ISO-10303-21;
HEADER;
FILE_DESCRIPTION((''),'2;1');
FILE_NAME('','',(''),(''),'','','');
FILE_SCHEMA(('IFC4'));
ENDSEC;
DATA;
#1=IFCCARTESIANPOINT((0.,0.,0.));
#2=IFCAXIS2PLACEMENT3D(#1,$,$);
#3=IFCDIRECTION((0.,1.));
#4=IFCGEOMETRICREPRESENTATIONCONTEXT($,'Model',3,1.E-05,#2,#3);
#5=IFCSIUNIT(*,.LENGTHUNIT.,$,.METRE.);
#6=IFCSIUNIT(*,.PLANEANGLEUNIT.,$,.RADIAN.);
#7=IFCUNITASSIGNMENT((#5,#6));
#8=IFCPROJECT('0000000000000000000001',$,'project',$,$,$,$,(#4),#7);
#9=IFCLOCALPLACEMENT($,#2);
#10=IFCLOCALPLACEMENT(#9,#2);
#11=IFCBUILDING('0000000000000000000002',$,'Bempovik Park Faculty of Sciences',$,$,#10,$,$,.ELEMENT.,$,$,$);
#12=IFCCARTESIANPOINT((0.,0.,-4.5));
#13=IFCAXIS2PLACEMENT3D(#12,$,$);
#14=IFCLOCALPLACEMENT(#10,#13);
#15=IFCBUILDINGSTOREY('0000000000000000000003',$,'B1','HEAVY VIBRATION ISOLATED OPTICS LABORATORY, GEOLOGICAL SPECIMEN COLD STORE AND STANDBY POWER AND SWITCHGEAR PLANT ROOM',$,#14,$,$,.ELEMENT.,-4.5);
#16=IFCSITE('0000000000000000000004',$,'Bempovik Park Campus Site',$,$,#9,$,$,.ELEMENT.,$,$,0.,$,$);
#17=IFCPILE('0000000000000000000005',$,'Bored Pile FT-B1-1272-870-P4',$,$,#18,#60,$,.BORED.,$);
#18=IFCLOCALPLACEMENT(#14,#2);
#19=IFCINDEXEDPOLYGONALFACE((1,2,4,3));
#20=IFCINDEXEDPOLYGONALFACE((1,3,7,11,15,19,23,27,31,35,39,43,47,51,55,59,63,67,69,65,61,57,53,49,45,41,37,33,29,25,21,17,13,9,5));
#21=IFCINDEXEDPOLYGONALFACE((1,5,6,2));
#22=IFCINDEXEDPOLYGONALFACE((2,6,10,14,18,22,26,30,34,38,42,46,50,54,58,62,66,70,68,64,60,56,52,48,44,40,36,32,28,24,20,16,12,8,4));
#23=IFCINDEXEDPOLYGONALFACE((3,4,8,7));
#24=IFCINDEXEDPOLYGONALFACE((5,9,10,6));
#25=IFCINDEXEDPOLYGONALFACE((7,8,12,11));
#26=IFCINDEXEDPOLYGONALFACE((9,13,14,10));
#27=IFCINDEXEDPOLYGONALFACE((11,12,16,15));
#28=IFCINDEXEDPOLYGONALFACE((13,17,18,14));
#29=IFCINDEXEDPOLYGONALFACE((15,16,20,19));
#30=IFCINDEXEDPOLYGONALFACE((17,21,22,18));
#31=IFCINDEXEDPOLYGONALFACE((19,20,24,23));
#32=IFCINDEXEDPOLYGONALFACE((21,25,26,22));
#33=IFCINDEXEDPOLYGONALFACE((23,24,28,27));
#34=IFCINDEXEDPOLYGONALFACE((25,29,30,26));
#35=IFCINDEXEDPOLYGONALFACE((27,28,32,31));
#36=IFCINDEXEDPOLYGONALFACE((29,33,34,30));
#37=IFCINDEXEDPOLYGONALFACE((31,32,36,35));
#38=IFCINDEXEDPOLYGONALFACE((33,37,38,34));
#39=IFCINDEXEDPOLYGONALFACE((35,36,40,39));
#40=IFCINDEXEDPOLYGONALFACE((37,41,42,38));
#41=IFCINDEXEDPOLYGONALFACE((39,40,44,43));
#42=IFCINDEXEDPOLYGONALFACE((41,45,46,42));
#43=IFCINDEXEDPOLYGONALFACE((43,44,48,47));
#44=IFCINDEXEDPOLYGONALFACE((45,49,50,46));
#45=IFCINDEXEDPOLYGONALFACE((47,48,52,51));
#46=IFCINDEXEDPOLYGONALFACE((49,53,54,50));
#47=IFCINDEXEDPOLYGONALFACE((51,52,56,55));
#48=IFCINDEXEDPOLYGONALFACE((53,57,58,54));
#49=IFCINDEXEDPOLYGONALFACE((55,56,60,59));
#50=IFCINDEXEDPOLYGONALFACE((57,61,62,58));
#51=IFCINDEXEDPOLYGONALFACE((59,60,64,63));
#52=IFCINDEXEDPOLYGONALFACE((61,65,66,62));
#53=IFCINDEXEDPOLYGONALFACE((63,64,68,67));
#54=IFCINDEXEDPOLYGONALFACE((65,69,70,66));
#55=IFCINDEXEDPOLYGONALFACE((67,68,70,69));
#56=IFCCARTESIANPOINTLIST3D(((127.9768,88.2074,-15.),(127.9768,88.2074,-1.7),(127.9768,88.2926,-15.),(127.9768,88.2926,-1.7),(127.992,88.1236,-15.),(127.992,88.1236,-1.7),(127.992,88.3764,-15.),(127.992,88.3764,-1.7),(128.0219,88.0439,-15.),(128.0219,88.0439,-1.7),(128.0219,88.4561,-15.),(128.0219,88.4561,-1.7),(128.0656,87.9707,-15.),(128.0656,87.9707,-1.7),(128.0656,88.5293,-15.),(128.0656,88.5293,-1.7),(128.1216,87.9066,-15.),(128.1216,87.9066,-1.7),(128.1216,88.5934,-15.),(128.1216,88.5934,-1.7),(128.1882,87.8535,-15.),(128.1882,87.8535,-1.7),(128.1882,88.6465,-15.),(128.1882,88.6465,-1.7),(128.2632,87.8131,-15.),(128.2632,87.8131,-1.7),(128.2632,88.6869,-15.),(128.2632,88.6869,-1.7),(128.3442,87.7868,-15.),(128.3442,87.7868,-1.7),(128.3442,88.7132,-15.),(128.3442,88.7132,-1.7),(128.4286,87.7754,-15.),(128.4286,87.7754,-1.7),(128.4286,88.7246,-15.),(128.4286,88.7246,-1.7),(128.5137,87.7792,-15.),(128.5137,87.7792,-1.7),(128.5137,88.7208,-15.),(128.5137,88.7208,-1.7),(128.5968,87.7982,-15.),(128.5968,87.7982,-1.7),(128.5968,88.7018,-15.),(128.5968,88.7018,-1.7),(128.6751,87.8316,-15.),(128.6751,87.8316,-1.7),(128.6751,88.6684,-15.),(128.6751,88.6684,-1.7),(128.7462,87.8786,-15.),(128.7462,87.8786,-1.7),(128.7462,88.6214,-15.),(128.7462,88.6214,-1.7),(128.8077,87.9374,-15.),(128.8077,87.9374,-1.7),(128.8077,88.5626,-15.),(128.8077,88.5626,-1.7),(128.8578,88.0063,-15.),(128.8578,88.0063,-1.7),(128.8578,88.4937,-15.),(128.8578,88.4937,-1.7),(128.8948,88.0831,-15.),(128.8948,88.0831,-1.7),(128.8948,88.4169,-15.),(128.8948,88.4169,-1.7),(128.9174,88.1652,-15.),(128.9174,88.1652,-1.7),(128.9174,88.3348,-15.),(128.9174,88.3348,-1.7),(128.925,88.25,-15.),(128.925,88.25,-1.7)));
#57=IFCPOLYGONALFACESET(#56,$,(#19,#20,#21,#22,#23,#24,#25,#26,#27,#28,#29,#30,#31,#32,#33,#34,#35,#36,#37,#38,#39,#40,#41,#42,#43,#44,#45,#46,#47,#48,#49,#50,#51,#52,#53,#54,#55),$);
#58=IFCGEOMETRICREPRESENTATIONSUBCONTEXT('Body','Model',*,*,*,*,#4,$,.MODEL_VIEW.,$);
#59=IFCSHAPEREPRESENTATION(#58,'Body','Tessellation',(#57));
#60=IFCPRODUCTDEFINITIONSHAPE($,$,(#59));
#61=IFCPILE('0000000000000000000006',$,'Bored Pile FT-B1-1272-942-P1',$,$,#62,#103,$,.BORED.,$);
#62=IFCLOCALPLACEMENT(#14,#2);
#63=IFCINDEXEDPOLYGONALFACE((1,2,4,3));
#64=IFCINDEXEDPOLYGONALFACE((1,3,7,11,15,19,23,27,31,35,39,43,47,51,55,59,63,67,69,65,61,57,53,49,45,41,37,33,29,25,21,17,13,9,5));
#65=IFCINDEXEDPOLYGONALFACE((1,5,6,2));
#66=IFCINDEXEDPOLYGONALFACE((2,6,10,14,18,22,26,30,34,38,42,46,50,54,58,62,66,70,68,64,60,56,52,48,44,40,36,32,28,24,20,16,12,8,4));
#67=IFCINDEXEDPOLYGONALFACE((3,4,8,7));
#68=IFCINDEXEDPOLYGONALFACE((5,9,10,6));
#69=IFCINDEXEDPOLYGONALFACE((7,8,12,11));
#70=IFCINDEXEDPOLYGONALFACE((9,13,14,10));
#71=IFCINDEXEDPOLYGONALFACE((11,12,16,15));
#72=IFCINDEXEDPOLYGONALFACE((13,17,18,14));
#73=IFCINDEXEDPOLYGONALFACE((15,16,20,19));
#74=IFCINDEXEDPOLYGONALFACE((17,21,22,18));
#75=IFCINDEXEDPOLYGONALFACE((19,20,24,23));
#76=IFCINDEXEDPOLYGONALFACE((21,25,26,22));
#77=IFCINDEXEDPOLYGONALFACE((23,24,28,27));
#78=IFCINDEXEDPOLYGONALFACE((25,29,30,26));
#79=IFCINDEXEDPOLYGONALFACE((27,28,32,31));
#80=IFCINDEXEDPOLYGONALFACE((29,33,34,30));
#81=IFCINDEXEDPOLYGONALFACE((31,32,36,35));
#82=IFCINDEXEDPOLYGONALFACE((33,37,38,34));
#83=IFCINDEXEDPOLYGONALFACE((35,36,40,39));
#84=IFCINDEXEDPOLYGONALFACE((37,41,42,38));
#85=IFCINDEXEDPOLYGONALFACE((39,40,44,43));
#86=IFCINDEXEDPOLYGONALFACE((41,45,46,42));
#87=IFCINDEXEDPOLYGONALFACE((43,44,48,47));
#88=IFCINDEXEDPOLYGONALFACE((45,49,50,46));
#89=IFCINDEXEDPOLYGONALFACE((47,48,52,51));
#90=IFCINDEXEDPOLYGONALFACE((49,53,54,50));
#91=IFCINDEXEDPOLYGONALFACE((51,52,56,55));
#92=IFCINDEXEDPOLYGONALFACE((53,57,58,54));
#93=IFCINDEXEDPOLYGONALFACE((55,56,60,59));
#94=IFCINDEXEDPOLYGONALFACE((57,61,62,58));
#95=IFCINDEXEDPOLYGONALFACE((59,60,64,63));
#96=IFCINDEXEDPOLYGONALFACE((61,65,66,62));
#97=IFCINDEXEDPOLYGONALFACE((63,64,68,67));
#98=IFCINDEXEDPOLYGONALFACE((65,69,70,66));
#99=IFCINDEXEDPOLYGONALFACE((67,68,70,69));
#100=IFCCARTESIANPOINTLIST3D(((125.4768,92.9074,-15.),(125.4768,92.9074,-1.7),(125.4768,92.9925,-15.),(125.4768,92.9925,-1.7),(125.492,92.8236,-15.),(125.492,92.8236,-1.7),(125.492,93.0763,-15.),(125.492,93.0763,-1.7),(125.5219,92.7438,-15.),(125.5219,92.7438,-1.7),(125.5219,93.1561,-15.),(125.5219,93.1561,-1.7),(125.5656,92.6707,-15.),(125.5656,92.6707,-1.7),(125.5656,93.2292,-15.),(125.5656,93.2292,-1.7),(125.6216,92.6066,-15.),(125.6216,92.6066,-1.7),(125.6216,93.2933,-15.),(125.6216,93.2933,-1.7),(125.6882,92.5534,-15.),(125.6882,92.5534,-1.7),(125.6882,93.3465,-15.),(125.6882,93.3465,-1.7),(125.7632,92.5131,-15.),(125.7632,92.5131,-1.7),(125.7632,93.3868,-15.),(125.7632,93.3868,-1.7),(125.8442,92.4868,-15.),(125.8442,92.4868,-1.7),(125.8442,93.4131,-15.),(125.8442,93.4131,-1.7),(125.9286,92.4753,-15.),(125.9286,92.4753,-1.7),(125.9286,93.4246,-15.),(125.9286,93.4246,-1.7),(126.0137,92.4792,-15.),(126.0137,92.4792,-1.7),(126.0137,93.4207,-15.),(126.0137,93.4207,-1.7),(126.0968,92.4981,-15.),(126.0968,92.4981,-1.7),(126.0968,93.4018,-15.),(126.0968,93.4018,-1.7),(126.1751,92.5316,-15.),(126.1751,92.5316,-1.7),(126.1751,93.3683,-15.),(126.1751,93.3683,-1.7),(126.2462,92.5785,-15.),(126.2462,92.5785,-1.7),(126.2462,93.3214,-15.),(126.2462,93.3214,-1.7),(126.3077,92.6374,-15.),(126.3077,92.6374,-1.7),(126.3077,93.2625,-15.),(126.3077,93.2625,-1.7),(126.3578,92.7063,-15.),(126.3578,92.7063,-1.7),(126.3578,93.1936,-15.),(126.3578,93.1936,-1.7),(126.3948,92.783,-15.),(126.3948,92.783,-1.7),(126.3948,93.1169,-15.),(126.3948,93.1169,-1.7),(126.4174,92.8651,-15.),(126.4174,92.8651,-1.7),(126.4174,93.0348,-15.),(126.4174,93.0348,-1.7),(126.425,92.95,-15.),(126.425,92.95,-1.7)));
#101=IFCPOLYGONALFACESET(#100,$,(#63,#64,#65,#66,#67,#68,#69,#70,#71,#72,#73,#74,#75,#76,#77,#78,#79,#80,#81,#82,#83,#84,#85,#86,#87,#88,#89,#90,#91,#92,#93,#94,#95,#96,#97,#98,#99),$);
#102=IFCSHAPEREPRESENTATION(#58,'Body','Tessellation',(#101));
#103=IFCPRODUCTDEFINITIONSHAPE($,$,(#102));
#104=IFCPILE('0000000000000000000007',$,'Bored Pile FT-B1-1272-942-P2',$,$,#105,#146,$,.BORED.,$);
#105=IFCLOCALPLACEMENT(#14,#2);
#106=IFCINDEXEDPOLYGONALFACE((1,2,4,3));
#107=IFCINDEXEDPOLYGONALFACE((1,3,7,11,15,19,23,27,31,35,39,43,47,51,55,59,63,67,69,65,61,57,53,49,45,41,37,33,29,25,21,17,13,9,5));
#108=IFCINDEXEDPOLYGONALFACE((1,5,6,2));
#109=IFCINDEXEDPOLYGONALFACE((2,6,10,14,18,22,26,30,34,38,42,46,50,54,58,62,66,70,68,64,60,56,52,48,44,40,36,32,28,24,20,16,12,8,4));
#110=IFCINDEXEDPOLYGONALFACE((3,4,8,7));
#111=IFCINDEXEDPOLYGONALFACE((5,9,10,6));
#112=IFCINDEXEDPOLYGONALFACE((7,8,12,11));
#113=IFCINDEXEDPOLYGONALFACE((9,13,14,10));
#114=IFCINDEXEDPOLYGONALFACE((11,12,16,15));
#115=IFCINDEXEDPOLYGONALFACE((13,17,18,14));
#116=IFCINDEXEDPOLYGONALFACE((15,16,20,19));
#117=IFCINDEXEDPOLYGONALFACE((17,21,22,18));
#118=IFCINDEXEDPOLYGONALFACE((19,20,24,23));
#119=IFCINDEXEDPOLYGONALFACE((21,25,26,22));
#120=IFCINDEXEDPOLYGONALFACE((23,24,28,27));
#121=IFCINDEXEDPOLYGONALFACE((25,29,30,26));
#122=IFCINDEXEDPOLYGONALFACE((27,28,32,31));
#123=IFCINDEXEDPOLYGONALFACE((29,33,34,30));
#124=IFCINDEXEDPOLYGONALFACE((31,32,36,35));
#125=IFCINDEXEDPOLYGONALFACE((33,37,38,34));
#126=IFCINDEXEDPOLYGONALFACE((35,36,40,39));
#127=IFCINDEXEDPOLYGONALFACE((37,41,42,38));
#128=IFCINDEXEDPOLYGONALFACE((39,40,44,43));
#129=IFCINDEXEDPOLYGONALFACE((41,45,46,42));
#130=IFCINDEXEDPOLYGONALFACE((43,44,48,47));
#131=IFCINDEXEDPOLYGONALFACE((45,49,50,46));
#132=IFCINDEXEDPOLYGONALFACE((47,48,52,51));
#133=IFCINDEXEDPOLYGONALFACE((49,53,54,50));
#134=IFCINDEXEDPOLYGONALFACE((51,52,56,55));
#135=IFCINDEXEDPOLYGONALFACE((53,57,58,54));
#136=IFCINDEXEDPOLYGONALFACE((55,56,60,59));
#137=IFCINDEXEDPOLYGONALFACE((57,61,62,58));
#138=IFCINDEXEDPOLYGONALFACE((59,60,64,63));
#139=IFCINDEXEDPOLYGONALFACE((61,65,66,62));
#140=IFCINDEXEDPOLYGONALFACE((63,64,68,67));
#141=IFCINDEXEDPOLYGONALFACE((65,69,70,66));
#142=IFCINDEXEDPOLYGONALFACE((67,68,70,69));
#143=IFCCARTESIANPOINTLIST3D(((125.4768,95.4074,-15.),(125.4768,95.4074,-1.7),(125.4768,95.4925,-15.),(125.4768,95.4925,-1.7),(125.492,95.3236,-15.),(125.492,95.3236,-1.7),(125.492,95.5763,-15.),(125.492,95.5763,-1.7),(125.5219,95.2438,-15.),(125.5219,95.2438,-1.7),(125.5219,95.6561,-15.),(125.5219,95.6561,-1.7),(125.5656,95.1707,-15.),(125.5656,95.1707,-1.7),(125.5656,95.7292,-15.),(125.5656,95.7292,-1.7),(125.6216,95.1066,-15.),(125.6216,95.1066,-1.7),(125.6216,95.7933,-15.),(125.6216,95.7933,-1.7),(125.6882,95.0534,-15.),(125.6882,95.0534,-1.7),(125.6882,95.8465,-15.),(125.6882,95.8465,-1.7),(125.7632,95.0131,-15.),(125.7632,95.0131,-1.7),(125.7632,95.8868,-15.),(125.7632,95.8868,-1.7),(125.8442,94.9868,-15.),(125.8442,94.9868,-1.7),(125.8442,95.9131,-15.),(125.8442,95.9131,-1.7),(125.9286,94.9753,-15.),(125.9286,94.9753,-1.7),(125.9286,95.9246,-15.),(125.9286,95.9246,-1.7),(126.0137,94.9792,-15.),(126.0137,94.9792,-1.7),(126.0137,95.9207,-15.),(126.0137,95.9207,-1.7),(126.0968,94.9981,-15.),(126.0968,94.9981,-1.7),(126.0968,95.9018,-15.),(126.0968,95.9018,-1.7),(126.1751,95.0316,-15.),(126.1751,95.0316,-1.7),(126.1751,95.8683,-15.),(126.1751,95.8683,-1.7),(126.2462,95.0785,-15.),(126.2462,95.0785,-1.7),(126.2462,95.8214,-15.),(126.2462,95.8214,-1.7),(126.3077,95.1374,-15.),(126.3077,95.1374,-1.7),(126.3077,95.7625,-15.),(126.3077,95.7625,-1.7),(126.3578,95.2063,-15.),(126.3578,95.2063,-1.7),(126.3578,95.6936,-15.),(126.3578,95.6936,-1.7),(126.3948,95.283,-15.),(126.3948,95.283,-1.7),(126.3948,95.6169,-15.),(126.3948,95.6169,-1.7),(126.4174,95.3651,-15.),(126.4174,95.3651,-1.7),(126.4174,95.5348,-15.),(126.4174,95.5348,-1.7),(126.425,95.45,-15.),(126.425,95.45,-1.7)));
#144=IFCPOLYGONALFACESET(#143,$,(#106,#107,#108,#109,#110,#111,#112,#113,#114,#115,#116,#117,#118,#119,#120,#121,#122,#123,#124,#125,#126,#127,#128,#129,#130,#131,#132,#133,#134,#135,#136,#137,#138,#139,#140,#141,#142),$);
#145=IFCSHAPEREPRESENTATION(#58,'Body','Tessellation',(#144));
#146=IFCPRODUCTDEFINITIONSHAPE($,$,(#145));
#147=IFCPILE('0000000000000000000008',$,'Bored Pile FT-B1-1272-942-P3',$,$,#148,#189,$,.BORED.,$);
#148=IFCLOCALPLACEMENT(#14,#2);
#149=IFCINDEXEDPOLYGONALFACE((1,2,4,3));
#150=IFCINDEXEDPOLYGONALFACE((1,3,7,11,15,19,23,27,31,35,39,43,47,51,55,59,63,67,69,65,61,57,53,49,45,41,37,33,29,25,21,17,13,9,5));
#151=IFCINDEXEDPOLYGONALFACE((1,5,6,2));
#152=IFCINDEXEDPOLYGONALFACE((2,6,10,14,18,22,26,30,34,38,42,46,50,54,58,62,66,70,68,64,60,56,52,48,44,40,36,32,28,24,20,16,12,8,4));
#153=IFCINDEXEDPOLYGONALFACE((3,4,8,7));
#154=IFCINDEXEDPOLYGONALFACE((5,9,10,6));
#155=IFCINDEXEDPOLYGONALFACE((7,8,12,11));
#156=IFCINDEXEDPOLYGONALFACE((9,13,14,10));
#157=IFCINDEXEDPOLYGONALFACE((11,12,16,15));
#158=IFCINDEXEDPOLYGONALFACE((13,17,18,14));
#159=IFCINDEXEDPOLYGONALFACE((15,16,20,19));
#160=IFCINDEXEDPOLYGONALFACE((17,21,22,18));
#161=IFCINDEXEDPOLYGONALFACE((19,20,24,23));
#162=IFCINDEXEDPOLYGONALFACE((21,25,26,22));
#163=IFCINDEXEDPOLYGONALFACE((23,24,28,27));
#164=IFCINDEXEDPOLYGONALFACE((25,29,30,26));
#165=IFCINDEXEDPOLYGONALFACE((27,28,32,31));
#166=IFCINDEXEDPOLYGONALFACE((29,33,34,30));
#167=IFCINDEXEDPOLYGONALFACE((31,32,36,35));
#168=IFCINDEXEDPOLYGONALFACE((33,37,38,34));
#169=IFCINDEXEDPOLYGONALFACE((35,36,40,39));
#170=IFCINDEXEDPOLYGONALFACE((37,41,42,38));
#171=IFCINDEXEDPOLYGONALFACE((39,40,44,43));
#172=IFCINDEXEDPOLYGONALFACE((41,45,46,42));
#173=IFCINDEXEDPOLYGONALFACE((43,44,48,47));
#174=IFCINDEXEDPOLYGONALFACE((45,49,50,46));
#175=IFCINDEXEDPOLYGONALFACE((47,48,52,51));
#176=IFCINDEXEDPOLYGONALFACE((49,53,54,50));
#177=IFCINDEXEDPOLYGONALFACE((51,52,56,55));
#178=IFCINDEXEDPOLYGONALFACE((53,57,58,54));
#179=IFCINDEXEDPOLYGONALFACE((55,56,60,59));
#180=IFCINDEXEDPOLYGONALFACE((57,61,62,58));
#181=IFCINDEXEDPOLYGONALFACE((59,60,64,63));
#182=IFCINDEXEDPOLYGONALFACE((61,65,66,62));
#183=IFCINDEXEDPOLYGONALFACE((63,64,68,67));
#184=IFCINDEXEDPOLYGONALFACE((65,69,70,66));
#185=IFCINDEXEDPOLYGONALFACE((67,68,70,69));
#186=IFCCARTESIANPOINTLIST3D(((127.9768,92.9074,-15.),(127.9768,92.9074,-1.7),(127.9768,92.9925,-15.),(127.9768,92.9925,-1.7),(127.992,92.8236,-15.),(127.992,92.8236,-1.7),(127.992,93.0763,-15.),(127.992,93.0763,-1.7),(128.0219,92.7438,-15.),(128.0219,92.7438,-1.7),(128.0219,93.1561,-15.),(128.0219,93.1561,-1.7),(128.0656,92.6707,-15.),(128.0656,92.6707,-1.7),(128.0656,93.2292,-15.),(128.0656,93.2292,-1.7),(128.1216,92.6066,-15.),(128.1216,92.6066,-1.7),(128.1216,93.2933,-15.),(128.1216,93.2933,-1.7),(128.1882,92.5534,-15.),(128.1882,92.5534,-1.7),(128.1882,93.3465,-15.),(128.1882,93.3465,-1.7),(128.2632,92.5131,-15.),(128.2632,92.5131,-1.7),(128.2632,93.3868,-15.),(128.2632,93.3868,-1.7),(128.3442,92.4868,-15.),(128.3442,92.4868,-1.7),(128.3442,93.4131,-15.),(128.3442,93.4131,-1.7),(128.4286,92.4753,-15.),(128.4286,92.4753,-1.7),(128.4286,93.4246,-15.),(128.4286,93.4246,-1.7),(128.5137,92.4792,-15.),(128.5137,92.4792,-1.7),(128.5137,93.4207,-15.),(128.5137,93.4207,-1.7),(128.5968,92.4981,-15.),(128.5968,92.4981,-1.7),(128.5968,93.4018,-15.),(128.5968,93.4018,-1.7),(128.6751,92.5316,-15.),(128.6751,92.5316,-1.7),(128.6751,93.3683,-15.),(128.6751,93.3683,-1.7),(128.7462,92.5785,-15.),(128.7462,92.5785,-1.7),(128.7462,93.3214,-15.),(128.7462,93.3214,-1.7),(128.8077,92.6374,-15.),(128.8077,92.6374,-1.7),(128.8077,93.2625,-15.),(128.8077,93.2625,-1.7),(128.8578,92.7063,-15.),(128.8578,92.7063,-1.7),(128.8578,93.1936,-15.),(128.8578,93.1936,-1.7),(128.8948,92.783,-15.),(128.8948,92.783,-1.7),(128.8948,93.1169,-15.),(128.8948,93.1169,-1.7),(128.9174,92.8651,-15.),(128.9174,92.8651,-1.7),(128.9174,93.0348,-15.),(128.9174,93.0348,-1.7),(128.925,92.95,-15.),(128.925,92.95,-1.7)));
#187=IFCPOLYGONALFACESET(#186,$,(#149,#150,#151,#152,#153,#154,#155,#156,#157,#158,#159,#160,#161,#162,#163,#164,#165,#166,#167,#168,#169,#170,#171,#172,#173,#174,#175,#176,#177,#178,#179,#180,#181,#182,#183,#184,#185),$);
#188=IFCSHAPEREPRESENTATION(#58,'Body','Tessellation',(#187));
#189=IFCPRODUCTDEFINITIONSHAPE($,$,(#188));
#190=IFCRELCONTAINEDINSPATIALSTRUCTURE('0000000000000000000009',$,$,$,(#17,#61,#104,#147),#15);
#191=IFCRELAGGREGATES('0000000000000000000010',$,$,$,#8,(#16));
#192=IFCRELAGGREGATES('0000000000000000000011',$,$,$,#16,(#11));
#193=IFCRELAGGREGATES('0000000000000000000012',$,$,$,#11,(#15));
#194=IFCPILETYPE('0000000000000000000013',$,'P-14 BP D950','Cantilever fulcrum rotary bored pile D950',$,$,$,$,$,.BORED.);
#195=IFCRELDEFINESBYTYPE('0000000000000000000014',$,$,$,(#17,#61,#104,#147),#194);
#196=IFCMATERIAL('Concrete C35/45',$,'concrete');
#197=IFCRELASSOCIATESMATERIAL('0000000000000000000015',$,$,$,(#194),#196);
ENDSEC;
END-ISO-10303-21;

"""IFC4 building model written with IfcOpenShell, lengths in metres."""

from ifc_helpers import new_model, si_unit, direction, frame, origin, origin_2d, place, context, subcontext, project, spatial, circle, extrude, material, material_profile, profile_set, type_object, element, save


model = new_model("IFC4")

# Units and contexts
model_context = context("Model", 3, precision=1e-05, world=origin(), true_north=direction((0.0, 1.0)))
body_context = subcontext(model_context, "Body", "Model", "MODEL_VIEW")
ifc_project = project(units=[si_unit("LENGTHUNIT", "METRE"), si_unit("PLANEANGLEUNIT", "RADIAN")], contexts=[model_context])

# Site, building, storey
site_placement = place(None, origin())
site = spatial("IfcSite", under=ifc_project, at=site_placement, Name="Bempovik Park Campus Site", CompositionType="ELEMENT", RefElevation=0.0)
building_placement = place(site_placement, origin())
building = spatial("IfcBuilding", under=site, at=building_placement, Name="Bempovik Park Faculty of Sciences", CompositionType="ELEMENT")
storey_placement = place(building_placement, frame((0.0, 0.0, -4.5)))
storey = spatial("IfcBuildingStorey", under=building, at=storey_placement, Name="B1", Description="HEAVY VIBRATION ISOLATED OPTICS LABORATORY, GEOLOGICAL SPECIMEN COLD STORE AND STANDBY POWER AND SWITCHGEAR PLANT ROOM", CompositionType="ELEMENT", Elevation=-4.5)

# Shared definitions
ifc_material_1 = material(Name="Concrete C35/45", Category="concrete")

# Piles
ifc_material_profile_1 = material_profile(ifc_material_1, circle(Radius=0.4751, at=origin_2d()), Name="BP D950")
ifc_profile_set_1 = profile_set([ifc_material_profile_1], Name="Concrete C35/45")
pile_type = type_object("IfcPileType", Name="P-14 BP D950", Description="Cantilever fulcrum rotary bored pile D950", PredefinedType="BORED", material=ifc_profile_set_1)
for number, where, z_axis, x_axis, name in (
    (1, (128.45, 88.25, -1.7), (0.0, 0.0, -1.0), (1.0, 0.0, 0.0), "Bored Pile FT-B1-1272-870-P4"),
    (2, (125.95, 92.95, -1.7), (0.0, 0.0, -1.0), (1.0, 0.0, 0.0), "Bored Pile FT-B1-1272-942-P1"),
    (3, (125.95, 95.45, -1.7), (0.0, 0.0, -1.0), (1.0, 0.0, 0.0), "Bored Pile FT-B1-1272-942-P2"),
    (4, (128.45, 92.95, -1.7), (0.0, 0.0, -1.0), (1.0, 0.0, 0.0), "Bored Pile FT-B1-1272-942-P3"),
):
    element("IfcPile", number, at=place(storey_placement, frame(where, z_axis=z_axis, x_axis=x_axis)), inside=storey, type_object=pile_type, Name=name, PredefinedType="BORED", context=body_context, shape_type="SweptSolid", body=[
        extrude(circle(Radius=0.4751, at=origin_2d()), origin(), (0.0, 0.0, 1.0), 13.3),
    ])

save(model, "model.ifc")
